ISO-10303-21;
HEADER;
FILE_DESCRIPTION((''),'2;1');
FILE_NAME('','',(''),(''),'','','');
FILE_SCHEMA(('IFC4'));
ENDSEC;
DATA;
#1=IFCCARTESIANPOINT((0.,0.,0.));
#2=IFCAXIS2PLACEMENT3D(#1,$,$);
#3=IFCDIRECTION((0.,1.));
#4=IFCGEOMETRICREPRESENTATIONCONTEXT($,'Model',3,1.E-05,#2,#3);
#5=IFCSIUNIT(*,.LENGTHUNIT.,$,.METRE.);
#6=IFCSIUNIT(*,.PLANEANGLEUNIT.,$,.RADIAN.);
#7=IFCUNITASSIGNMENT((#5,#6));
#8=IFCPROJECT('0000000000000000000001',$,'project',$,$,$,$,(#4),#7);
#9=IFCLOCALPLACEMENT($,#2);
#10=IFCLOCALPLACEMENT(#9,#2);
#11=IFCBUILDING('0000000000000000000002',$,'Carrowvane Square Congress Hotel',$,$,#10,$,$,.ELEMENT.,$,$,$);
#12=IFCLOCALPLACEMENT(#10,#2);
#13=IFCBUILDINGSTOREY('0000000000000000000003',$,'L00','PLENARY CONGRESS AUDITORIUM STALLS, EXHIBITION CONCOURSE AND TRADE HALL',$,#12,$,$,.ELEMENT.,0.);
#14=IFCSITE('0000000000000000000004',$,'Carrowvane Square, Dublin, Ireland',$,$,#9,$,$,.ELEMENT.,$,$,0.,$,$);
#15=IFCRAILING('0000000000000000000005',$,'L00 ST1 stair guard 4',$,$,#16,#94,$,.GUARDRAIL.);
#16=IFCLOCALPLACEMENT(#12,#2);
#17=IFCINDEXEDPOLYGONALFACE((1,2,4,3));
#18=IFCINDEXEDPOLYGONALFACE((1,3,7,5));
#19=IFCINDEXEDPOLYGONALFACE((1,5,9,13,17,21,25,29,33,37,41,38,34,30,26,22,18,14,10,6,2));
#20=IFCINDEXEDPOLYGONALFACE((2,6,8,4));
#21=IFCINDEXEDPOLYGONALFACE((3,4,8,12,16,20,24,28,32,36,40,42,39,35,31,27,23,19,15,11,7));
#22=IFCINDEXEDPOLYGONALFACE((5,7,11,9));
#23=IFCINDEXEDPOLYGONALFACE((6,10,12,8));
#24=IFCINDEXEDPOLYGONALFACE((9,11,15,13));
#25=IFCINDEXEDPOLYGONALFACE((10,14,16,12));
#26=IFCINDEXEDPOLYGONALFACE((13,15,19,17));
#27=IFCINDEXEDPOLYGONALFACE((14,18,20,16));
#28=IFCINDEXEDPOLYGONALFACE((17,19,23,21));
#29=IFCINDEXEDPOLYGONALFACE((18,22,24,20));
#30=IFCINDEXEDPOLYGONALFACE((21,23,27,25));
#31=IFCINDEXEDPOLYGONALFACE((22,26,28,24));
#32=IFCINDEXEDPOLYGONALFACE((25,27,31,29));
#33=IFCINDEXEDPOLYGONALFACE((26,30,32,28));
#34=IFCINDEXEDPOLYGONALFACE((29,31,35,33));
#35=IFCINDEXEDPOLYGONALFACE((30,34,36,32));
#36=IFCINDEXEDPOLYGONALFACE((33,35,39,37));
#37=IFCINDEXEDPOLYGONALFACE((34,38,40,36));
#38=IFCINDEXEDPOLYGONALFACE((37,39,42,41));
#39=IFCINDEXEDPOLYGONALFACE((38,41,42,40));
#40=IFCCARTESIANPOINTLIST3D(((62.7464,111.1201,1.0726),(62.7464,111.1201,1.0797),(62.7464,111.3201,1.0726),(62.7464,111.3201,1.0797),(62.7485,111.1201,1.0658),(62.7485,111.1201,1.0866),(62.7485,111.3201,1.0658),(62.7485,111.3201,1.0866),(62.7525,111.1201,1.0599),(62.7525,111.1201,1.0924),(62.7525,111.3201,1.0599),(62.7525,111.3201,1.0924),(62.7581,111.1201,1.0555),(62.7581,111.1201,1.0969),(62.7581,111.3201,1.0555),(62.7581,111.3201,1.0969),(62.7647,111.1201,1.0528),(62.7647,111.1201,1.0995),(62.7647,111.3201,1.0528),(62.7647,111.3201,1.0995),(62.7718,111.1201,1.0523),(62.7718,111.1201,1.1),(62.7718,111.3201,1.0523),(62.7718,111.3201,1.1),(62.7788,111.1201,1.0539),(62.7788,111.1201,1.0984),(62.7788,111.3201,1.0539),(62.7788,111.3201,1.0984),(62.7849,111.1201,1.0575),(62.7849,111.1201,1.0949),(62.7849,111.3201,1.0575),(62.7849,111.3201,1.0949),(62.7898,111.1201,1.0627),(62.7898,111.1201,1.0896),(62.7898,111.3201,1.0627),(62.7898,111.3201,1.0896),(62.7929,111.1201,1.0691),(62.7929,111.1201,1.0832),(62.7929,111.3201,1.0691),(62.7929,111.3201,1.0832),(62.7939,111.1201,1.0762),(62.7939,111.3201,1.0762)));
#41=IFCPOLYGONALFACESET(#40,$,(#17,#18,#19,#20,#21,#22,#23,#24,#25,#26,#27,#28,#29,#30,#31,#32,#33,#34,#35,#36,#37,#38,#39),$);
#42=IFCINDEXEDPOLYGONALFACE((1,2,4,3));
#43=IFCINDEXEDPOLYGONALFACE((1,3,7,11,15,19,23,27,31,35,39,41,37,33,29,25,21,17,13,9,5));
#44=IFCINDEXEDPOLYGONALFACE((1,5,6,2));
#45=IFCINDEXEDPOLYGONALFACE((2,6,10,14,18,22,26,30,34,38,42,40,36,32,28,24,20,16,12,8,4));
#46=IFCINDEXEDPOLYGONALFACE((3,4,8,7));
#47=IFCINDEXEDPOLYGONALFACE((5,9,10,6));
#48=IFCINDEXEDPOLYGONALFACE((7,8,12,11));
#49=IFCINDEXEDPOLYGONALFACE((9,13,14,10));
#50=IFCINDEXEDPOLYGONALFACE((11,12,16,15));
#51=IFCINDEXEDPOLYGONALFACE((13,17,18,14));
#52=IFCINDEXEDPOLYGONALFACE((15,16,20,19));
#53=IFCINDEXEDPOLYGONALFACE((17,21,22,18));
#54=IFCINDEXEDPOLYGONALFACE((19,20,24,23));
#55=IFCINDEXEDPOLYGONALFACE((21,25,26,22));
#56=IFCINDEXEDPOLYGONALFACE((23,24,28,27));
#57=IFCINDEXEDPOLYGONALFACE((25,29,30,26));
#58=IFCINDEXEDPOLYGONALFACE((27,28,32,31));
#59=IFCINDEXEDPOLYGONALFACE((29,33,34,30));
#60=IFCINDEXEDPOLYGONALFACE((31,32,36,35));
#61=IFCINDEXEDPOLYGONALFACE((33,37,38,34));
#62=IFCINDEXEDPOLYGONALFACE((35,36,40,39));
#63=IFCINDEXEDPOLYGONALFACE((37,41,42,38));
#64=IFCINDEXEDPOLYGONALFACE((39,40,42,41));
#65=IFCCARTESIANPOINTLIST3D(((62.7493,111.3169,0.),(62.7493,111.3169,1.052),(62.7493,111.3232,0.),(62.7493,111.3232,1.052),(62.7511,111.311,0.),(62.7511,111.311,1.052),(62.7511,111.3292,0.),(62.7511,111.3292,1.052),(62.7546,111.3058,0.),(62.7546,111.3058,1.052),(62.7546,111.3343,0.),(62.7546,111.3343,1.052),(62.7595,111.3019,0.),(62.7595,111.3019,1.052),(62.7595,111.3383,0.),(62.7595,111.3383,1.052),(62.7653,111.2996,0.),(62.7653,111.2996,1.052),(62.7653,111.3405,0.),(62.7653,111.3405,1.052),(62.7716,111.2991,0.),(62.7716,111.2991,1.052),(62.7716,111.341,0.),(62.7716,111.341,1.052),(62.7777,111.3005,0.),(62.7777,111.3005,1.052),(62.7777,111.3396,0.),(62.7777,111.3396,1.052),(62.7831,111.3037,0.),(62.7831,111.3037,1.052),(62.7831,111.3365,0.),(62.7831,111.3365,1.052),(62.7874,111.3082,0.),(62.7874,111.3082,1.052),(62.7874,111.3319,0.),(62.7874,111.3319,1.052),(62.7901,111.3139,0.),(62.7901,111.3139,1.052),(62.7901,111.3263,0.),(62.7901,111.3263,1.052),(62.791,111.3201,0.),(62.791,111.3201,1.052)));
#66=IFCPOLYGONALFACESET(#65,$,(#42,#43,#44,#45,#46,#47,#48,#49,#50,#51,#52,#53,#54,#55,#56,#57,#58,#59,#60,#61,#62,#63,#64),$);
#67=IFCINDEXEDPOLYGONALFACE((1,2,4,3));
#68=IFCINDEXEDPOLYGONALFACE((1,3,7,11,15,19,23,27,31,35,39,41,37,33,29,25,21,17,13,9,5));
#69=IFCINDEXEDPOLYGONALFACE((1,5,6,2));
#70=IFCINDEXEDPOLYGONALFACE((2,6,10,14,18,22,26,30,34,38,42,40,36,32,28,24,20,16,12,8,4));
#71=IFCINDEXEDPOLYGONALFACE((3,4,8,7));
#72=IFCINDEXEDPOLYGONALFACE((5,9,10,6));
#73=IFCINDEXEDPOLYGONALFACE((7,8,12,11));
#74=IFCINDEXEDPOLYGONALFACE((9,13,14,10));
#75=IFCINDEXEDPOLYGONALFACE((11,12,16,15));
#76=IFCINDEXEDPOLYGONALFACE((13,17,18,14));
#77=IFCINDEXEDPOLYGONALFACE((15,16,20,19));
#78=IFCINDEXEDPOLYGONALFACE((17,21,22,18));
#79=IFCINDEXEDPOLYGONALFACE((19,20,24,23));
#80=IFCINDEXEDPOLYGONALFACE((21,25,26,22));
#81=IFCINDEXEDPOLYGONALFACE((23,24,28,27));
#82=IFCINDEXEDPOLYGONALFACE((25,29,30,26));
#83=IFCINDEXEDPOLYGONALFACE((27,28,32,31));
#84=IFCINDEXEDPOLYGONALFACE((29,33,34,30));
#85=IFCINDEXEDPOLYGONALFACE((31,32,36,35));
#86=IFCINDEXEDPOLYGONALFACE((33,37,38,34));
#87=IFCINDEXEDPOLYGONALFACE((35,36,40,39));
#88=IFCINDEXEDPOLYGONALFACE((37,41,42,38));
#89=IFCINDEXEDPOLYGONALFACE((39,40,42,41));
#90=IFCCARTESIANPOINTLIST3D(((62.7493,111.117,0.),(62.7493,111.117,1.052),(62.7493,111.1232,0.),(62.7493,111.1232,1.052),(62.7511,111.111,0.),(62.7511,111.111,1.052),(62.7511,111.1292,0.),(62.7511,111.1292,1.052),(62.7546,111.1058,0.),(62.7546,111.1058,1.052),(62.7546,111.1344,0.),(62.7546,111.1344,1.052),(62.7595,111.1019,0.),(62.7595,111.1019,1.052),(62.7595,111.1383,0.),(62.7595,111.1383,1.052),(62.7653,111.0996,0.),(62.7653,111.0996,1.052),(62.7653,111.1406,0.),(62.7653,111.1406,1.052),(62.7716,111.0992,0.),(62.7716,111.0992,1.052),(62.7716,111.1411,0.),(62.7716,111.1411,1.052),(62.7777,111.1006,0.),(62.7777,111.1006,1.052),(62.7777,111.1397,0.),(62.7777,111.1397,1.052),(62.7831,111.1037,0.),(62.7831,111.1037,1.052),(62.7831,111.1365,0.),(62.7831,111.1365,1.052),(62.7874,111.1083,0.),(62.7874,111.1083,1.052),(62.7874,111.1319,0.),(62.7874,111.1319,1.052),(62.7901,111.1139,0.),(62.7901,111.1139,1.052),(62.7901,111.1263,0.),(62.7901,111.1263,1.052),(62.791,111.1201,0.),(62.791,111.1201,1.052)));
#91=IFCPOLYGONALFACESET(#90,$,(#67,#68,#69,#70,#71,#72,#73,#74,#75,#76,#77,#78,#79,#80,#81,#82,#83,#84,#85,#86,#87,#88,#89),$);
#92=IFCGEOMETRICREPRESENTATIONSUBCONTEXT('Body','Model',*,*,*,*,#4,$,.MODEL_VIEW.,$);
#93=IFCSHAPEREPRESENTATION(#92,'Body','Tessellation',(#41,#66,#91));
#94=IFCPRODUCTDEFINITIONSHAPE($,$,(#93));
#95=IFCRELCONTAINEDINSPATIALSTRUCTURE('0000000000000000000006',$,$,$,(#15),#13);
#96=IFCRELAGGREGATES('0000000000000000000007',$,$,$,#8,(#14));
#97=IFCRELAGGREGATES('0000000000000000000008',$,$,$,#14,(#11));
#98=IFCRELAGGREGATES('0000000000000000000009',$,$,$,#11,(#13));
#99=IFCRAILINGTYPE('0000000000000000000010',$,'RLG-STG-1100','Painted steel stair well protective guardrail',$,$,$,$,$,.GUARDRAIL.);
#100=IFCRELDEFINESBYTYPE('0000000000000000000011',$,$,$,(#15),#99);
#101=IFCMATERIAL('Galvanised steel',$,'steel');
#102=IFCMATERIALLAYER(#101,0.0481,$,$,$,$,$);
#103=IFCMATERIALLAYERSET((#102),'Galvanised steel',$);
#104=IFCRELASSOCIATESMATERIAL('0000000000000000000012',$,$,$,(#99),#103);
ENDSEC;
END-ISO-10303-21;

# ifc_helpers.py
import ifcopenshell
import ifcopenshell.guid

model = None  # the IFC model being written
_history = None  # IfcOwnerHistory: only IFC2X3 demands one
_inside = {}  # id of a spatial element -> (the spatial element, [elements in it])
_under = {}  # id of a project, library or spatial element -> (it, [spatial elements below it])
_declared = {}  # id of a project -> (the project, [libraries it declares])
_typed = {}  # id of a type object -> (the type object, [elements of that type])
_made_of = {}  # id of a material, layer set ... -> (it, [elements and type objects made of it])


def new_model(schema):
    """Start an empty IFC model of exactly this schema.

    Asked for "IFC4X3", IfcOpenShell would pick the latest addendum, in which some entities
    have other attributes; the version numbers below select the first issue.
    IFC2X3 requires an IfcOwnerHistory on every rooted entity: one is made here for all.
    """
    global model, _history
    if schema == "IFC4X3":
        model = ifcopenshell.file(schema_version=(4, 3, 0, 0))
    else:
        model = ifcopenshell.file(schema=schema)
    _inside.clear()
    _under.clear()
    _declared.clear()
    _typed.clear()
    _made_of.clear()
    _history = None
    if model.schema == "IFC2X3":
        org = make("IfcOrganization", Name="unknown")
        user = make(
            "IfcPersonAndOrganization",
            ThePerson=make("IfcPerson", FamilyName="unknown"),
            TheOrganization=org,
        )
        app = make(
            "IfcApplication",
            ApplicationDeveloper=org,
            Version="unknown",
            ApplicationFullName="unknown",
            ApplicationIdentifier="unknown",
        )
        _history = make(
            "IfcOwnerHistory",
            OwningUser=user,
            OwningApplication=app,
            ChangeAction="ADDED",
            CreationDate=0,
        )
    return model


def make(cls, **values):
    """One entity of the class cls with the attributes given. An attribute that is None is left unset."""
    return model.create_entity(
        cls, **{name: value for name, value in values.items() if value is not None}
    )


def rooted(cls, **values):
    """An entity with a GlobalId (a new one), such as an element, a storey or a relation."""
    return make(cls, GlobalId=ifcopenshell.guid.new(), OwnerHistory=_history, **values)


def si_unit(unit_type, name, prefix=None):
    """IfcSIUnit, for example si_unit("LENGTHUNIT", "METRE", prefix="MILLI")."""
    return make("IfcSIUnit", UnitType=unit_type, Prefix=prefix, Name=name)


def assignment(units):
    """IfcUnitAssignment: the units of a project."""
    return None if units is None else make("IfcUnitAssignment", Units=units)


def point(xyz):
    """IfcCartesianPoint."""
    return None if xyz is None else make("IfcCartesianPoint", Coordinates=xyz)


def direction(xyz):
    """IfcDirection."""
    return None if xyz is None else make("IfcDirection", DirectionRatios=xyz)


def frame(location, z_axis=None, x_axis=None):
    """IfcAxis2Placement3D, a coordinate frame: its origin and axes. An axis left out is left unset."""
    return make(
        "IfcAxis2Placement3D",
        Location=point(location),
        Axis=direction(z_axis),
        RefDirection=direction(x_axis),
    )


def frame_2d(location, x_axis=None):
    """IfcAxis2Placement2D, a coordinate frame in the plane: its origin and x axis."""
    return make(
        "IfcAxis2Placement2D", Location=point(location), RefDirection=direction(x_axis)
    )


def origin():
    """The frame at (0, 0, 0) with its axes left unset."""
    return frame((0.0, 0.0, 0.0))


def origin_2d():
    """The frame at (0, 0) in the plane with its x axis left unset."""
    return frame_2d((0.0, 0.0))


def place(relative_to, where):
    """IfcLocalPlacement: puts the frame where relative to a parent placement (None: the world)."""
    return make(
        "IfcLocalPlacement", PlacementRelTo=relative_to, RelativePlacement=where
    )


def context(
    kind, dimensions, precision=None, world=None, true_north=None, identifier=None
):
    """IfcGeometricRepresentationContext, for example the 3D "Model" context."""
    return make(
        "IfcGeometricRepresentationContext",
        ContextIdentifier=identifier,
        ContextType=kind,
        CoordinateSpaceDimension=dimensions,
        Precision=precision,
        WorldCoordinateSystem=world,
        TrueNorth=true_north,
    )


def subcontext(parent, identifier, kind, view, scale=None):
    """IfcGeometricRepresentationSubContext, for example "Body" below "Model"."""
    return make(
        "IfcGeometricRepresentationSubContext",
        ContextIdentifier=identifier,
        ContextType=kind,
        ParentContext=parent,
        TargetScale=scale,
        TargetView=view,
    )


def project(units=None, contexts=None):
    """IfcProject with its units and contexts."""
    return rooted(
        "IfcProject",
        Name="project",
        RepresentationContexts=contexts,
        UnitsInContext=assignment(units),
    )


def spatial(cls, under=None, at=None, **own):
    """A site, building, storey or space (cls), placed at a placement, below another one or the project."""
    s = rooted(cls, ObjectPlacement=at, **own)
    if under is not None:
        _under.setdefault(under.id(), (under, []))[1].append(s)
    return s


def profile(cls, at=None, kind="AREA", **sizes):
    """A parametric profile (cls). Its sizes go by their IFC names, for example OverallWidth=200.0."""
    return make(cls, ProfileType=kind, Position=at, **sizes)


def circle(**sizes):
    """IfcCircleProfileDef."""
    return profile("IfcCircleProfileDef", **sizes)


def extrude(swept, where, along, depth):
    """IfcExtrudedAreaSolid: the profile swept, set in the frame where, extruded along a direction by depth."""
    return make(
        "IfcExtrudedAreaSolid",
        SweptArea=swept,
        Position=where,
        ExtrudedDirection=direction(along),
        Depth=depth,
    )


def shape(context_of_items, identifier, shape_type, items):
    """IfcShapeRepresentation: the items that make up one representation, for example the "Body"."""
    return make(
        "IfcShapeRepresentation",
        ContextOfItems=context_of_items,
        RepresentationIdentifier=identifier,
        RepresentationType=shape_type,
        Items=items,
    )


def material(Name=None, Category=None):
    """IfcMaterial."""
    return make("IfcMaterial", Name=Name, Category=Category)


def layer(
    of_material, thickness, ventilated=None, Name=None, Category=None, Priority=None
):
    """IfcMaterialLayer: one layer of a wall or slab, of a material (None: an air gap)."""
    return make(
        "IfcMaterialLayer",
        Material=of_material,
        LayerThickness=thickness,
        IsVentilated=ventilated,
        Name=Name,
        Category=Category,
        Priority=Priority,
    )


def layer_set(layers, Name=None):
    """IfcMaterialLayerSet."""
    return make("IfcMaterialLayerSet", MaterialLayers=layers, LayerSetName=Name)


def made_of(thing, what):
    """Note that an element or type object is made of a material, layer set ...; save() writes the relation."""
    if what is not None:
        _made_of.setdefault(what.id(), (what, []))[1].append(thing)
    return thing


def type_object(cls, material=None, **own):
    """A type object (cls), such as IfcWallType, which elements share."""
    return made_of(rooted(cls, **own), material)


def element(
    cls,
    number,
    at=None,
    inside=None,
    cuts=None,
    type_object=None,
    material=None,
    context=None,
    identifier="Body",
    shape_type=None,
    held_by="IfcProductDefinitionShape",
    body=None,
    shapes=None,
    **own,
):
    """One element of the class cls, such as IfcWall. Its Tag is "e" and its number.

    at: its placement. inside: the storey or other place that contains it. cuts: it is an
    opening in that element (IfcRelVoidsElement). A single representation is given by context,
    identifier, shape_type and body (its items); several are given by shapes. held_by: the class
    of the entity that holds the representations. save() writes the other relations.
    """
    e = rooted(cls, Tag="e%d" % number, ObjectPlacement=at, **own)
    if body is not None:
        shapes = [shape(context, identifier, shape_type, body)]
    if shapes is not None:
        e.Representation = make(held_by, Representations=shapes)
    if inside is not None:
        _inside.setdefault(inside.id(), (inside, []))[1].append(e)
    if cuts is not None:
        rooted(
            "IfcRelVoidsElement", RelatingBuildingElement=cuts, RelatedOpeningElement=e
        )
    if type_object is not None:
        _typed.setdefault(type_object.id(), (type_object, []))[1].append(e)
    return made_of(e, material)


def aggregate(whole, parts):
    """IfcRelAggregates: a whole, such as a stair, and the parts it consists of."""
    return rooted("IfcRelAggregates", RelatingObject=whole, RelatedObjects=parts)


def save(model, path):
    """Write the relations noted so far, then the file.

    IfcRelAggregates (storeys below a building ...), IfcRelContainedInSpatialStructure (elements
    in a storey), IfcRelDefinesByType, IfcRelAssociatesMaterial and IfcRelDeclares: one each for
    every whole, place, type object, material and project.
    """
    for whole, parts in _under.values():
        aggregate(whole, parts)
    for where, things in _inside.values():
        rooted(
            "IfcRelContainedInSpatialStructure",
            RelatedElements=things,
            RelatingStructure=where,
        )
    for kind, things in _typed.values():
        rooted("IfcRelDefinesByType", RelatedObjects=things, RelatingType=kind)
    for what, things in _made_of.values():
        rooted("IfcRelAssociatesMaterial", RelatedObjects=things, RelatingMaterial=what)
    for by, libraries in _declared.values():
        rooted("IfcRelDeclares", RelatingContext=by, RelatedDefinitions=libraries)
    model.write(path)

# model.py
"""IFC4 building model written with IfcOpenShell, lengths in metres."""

from ifc_helpers import new_model, si_unit, direction, frame, origin, origin_2d, place, context, subcontext, project, spatial, circle, extrude, material, layer, layer_set, type_object, element, save


model = new_model("IFC4")

# Units and contexts
model_context = context("Model", 3, precision=1e-05, world=origin(), true_north=direction((0.0, 1.0)))
body_context = subcontext(model_context, "Body", "Model", "MODEL_VIEW")
ifc_project = project(units=[si_unit("LENGTHUNIT", "METRE"), si_unit("PLANEANGLEUNIT", "RADIAN")], contexts=[model_context])

# Site, building, storey
site_placement = place(None, origin())
site = spatial("IfcSite", under=ifc_project, at=site_placement, Name="Carrowvane Square, Dublin, Ireland", CompositionType="ELEMENT", RefElevation=0.0)
building_placement = place(site_placement, origin())
building = spatial("IfcBuilding", under=site, at=building_placement, Name="Carrowvane Square Congress Hotel", CompositionType="ELEMENT")
storey_placement = place(building_placement, origin())
storey = spatial("IfcBuildingStorey", under=building, at=storey_placement, Name="L00", Description="PLENARY CONGRESS AUDITORIUM STALLS, EXHIBITION CONCOURSE AND TRADE HALL", CompositionType="ELEMENT", Elevation=0.0)

# Railing
ifc_material_1 = material(Name="Galvanised steel", Category="steel")
ifc_layer_1 = layer(ifc_material_1, 0.0481)
ifc_layer_set_1 = layer_set([ifc_layer_1], Name="Galvanised steel")
railing_type_1 = type_object("IfcRailingType", Name="RLG-STG-1100", Description="Painted steel stair well protective guardrail", PredefinedType="GUARDRAIL", material=ifc_layer_set_1)
railing_1_placement = place(storey_placement, frame((62.77, 111.3201, 0.0)))
element("IfcRailing", 1, at=railing_1_placement, inside=storey, type_object=railing_type_1, Name="L00 ST1 stair guard 4", PredefinedType="GUARDRAIL", context=body_context, shape_type="SweptSolid", body=[
    extrude(circle(Radius=0.0239, at=origin_2d()), frame((0.0, 0.0, 1.0762), z_axis=(0.0, -1.0, 0.0), x_axis=(1.0, 0.0, 0.0)), (0.0, 0.0, 1.0), 0.2),
    extrude(circle(Radius=0.021, at=origin_2d()), origin(), (0.0, 0.0, 1.0), 1.052),
    extrude(circle(Radius=0.021, at=origin_2d()), frame((0.0, -0.2, 0.0)), (0.0, 0.0, 1.0), 1.052),
])

save(model, "model.ifc")
